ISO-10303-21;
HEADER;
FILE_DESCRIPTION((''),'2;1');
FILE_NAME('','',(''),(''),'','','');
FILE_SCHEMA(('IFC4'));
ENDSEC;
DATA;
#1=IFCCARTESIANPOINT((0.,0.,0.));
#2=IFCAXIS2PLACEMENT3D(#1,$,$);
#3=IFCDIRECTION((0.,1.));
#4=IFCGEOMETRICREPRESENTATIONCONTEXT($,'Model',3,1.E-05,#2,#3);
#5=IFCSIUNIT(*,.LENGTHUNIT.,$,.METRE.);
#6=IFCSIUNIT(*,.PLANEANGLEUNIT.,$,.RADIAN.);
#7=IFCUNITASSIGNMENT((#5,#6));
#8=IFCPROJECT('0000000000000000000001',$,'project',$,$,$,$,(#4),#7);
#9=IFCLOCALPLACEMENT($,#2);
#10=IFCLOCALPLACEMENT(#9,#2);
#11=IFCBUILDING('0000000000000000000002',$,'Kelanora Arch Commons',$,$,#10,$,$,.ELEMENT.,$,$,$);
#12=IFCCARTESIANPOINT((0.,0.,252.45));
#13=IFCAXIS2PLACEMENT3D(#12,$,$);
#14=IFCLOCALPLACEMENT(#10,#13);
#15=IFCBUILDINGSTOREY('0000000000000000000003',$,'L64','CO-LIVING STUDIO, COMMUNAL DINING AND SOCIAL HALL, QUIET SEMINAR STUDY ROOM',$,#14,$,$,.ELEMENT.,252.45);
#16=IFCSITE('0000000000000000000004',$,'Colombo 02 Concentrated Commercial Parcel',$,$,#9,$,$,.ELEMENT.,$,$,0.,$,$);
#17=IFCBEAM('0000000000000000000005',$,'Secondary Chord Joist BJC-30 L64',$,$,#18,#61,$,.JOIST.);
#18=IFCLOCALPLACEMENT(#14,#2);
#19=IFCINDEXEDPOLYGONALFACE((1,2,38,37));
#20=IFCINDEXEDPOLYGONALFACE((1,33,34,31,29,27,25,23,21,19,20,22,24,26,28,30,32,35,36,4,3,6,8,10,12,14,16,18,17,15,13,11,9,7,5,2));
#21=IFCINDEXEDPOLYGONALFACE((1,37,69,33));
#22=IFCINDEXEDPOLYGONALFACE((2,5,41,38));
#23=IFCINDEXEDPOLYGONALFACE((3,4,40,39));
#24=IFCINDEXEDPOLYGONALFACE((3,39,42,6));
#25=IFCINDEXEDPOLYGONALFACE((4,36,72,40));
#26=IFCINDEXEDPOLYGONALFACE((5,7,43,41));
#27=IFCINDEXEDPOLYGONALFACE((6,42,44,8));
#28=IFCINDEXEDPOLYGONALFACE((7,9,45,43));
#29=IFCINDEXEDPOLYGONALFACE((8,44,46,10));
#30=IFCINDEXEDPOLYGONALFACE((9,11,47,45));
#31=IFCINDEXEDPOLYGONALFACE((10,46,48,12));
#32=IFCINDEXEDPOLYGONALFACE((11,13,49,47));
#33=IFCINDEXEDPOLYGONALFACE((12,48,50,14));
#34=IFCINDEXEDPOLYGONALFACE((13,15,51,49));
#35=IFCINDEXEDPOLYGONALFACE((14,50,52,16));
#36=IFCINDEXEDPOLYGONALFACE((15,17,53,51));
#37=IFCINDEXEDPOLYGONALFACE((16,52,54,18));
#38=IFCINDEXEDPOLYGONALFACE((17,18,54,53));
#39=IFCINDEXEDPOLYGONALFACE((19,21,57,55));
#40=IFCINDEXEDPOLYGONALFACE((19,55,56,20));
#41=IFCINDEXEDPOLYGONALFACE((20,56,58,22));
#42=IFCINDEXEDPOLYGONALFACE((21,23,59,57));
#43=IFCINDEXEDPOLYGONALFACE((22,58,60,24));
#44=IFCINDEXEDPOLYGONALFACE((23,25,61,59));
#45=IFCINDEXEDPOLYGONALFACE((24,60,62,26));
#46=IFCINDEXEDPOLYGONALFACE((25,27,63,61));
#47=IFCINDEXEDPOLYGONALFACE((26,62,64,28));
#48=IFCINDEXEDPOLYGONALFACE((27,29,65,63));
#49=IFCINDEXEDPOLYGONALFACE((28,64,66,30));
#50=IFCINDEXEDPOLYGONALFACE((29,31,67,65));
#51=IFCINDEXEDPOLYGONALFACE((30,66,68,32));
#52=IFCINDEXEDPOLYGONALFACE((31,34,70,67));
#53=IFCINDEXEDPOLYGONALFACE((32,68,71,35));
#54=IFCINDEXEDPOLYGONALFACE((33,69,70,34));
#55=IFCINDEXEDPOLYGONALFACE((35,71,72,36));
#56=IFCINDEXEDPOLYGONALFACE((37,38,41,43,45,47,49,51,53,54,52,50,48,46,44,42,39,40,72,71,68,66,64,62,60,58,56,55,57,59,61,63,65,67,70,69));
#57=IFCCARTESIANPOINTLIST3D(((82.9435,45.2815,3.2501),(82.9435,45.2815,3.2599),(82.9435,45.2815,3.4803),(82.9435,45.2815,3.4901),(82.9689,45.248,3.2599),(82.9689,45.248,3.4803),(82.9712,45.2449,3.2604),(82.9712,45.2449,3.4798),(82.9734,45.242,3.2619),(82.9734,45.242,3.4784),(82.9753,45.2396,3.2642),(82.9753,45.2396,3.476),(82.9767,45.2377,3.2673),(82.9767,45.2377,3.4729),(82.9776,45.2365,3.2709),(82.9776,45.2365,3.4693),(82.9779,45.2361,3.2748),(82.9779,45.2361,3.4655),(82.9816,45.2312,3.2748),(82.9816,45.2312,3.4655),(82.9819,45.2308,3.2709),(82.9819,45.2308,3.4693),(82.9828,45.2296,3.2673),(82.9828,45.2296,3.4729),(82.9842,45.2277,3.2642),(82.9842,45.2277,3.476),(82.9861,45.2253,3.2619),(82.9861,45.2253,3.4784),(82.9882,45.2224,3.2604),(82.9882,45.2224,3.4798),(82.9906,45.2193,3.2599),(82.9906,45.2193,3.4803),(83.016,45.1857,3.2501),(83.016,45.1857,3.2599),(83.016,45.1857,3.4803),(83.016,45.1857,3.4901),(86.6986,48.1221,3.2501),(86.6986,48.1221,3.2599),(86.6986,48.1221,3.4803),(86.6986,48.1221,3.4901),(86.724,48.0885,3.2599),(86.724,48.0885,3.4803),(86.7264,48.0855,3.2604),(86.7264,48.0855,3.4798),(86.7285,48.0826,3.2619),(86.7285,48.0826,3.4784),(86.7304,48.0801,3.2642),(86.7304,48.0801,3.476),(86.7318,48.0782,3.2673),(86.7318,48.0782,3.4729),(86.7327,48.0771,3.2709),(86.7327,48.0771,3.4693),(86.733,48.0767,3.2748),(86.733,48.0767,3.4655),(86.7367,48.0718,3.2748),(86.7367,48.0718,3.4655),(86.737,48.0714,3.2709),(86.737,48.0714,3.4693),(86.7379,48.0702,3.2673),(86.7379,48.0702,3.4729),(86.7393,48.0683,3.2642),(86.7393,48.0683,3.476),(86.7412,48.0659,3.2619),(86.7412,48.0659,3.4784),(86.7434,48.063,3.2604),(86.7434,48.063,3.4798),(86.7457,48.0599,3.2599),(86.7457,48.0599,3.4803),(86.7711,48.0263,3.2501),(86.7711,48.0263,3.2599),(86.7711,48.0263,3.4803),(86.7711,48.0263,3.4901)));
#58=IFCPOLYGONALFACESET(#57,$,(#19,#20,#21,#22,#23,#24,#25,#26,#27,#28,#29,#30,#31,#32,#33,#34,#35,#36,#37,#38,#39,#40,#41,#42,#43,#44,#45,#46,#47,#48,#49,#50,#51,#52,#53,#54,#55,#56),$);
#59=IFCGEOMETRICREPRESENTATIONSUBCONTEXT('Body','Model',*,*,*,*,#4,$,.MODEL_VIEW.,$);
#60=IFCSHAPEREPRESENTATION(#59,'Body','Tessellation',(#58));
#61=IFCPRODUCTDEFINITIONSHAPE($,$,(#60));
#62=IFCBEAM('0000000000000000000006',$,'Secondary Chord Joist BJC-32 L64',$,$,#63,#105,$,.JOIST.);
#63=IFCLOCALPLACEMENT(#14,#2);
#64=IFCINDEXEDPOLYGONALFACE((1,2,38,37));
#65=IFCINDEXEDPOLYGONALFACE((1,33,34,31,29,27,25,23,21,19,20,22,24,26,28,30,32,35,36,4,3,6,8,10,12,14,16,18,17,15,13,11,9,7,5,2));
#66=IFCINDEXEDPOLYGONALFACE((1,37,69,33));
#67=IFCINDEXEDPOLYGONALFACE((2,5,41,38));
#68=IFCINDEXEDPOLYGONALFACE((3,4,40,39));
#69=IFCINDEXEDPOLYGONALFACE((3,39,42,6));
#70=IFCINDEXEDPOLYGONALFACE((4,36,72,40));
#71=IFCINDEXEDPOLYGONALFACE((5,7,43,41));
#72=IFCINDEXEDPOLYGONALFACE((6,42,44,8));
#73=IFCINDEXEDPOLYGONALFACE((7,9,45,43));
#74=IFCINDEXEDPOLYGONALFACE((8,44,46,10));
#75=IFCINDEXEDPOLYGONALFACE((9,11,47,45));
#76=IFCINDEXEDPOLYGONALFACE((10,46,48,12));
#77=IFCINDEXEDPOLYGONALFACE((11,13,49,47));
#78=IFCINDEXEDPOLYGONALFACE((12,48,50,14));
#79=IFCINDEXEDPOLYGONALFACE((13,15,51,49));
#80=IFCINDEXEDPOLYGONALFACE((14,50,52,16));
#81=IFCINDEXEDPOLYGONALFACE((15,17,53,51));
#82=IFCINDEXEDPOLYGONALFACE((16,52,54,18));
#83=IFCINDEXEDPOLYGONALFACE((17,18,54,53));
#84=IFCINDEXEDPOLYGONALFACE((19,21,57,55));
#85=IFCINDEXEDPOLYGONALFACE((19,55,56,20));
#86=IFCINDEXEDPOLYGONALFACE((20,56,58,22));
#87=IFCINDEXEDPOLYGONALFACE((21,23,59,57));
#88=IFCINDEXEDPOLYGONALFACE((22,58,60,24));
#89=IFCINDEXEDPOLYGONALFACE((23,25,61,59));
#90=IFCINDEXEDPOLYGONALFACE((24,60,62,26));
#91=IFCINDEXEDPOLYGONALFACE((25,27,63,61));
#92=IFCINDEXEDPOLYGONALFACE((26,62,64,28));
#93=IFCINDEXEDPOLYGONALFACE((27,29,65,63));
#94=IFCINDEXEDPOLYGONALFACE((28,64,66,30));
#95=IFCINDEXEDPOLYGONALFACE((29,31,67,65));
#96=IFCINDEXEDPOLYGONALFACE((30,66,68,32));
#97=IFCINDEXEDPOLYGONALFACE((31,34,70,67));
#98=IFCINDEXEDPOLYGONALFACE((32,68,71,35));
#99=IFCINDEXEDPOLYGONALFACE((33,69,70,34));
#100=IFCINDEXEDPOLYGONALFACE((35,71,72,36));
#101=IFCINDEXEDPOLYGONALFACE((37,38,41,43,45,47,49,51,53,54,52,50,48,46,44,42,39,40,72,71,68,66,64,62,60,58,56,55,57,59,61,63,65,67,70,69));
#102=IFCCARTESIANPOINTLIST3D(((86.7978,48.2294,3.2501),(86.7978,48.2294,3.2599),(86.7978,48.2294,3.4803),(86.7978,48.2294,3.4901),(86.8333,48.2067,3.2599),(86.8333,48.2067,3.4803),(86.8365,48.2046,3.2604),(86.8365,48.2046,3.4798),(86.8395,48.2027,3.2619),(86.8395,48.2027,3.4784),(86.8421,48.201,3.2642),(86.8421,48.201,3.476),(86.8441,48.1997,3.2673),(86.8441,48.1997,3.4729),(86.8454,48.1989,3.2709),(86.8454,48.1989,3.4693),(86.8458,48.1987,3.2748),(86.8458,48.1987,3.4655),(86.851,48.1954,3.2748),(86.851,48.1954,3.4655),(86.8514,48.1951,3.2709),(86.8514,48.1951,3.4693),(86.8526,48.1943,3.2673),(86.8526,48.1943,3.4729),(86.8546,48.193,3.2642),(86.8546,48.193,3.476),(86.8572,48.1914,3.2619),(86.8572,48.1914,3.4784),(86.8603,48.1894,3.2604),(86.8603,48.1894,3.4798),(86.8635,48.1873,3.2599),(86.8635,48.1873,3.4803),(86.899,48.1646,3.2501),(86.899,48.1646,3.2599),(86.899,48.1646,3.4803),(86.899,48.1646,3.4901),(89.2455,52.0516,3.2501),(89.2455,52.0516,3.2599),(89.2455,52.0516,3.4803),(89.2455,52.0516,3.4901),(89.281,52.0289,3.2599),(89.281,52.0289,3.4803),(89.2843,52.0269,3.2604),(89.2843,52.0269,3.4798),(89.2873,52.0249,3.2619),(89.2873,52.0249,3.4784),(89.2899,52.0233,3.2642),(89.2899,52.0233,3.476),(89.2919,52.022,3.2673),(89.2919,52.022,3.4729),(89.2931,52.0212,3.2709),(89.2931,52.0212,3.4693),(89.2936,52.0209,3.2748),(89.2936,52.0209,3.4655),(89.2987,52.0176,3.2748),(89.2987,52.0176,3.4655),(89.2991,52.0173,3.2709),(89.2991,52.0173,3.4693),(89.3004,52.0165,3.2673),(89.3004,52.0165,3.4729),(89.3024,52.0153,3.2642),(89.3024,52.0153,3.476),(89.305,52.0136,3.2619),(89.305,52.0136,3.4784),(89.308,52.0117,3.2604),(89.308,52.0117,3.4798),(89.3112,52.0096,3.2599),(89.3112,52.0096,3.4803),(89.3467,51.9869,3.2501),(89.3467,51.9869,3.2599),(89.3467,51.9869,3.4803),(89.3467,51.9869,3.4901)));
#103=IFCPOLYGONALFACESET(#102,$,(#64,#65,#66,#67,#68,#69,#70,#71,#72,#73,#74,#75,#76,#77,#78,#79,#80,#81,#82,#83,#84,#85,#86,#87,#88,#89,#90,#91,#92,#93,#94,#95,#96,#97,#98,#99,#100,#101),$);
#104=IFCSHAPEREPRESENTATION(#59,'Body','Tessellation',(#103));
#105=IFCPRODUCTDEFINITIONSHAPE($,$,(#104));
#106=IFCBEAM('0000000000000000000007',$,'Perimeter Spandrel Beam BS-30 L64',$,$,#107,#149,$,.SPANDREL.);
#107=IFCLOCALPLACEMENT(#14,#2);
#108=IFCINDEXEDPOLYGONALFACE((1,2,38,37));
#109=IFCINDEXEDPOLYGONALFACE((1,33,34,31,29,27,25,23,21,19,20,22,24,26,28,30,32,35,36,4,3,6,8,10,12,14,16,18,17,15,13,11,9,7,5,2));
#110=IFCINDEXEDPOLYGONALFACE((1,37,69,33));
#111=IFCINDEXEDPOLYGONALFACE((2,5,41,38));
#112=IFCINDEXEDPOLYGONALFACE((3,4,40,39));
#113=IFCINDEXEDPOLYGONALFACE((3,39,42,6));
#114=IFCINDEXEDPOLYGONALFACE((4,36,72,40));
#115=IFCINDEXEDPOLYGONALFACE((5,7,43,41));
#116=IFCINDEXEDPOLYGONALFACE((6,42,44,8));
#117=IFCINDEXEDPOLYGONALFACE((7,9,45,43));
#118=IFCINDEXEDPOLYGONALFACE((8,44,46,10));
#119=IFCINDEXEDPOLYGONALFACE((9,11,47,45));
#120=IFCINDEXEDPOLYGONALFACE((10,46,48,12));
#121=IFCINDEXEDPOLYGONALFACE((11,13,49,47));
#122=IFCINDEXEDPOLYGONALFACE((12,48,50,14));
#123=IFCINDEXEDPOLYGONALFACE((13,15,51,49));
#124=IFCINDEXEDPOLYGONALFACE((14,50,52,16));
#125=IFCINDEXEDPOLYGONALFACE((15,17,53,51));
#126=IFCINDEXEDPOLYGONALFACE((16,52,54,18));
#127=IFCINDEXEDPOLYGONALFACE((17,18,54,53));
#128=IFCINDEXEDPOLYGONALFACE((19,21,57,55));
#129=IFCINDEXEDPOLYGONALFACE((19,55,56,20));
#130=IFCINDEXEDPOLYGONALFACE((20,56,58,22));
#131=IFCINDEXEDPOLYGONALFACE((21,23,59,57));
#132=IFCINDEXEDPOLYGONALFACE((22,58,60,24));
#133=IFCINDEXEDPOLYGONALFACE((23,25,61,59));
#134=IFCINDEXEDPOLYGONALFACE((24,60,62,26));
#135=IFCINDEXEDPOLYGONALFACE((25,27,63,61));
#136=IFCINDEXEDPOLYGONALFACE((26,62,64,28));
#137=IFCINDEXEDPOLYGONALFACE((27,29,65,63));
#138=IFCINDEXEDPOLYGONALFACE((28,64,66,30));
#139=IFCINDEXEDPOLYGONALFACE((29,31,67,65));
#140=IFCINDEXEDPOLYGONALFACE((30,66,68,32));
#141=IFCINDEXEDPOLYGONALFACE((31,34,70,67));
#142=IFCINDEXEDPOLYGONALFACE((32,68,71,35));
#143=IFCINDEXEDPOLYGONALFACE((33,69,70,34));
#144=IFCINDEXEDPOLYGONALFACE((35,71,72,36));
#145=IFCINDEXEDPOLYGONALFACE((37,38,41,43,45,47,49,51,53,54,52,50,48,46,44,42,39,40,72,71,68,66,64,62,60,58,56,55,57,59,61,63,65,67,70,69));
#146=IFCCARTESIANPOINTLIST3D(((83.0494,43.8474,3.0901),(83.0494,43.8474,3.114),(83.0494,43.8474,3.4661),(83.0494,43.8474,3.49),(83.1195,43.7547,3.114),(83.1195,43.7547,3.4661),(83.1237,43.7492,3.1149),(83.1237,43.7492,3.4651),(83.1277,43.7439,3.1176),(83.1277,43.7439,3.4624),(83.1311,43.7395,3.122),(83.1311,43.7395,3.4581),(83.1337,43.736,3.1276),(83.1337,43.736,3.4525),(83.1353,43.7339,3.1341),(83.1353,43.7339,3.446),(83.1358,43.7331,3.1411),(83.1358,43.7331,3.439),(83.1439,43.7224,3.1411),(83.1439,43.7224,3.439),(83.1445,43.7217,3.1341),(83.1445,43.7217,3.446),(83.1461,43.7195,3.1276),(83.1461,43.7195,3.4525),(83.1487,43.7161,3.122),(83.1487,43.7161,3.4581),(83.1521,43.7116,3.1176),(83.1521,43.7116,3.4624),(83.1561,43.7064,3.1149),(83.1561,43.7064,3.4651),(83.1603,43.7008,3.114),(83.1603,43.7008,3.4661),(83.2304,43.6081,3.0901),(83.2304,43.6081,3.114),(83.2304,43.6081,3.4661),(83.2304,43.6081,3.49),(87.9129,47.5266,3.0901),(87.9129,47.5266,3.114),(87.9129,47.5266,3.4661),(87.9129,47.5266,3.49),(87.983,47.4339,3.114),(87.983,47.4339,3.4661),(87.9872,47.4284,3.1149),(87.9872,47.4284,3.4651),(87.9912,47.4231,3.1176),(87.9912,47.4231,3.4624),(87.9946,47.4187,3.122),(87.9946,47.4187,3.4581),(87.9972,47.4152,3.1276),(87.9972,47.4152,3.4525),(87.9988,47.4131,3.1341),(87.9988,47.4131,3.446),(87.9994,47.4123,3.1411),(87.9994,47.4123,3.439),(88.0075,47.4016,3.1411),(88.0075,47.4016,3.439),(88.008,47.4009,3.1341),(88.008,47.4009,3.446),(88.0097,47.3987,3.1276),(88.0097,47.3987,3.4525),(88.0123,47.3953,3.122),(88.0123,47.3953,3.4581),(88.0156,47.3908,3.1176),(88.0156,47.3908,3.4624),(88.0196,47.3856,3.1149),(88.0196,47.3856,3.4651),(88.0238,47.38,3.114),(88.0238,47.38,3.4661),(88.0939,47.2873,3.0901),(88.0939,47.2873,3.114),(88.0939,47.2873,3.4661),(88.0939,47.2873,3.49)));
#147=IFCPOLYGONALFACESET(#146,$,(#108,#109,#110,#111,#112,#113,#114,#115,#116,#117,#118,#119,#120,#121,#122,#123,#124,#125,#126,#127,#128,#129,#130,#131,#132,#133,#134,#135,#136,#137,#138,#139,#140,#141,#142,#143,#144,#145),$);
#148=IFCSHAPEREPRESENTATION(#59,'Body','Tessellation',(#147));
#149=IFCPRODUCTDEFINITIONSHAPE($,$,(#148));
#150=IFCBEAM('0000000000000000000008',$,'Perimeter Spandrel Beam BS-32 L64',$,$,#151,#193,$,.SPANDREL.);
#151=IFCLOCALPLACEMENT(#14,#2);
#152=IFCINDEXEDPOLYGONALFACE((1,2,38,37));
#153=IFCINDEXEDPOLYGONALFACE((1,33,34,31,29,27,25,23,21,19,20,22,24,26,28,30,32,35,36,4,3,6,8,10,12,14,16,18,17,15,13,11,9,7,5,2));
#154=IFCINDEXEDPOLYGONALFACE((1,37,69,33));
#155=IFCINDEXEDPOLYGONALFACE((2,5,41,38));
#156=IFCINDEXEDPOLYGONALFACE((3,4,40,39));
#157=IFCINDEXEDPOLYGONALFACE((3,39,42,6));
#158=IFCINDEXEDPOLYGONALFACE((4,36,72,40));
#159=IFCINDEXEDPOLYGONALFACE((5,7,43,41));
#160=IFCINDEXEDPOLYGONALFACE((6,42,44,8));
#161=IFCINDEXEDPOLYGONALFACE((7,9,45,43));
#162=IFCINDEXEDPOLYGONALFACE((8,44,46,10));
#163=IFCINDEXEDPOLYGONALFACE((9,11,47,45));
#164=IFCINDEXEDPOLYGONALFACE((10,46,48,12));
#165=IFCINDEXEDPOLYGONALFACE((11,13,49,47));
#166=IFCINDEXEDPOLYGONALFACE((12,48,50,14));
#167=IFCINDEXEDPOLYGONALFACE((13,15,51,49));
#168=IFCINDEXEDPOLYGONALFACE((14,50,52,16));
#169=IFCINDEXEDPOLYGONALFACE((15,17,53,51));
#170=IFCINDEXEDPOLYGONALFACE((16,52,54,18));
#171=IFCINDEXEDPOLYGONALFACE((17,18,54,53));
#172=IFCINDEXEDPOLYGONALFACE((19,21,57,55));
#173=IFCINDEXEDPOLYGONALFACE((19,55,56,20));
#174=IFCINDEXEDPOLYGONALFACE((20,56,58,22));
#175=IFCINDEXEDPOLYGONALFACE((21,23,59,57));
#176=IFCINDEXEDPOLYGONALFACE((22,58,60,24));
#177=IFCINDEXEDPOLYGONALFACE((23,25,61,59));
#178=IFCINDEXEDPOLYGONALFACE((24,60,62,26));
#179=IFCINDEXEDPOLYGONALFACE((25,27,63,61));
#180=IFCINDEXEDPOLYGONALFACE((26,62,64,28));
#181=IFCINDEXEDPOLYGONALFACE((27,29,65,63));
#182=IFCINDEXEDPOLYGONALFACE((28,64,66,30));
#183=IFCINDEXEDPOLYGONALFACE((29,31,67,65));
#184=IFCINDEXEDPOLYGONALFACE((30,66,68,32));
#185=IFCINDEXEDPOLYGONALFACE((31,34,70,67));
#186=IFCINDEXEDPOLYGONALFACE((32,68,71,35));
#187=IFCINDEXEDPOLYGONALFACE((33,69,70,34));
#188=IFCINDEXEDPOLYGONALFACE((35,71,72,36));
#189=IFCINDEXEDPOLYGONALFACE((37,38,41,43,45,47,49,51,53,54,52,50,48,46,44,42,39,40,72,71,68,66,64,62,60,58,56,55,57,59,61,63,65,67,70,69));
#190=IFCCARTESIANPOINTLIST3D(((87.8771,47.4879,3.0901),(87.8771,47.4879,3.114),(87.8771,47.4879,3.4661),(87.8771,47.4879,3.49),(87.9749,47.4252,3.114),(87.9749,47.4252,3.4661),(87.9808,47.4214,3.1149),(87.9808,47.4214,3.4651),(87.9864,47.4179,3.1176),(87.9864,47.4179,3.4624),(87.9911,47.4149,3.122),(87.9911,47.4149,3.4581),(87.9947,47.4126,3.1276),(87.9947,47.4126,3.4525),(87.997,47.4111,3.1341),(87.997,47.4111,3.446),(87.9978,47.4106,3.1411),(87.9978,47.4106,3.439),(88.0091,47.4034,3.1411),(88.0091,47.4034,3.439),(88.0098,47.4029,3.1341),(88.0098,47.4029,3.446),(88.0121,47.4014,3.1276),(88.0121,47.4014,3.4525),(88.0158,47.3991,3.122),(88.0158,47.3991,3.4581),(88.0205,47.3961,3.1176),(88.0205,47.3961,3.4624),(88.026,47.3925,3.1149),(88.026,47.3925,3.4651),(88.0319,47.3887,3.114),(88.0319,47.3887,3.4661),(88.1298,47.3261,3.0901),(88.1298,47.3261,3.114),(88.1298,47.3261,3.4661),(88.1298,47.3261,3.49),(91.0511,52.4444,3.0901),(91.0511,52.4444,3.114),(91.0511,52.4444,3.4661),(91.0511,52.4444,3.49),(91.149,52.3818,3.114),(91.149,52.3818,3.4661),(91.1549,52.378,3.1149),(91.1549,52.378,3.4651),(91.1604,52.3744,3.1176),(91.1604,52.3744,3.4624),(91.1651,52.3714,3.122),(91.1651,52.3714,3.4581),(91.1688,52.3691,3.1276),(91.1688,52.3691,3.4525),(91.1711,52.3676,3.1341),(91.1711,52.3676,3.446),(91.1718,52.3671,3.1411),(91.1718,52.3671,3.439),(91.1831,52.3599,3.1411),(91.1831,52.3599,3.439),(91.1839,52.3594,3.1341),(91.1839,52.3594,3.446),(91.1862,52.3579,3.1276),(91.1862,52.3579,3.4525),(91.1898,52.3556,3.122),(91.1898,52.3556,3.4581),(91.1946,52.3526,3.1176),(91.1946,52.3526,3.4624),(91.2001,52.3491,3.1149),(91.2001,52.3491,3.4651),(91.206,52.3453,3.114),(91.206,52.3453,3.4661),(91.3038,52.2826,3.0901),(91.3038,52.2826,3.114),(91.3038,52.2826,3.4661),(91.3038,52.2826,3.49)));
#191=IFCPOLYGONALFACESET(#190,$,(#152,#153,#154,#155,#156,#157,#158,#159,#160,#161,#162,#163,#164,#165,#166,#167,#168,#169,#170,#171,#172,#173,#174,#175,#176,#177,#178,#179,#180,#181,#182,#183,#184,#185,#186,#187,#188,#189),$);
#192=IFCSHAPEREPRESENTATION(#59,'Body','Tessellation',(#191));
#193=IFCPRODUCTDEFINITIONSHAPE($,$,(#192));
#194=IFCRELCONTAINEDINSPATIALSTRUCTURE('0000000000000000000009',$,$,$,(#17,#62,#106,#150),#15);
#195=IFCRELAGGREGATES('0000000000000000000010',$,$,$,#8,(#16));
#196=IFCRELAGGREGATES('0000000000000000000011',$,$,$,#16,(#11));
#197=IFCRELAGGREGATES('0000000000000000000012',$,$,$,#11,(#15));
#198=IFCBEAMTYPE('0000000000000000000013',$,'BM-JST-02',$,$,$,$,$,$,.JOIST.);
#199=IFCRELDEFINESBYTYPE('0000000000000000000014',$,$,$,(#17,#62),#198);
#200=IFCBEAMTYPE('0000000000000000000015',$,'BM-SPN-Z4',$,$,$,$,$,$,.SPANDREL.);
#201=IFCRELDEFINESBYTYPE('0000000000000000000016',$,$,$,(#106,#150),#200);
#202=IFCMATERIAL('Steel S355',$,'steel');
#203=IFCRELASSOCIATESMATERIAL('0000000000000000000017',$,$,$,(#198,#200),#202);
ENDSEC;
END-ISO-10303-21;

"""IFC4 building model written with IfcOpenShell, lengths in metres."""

from ifc_helpers import new_model, si_unit, direction, frame, origin, origin_2d, place, context, subcontext, project, spatial, i_section, extrude, material, material_profile, profile_set, type_object, element, save


model = new_model("IFC4")

# Units and contexts
model_context = context("Model", 3, precision=1e-05, world=origin(), true_north=direction((0.0, 1.0)))
body_context = subcontext(model_context, "Body", "Model", "MODEL_VIEW")
ifc_project = project(units=[si_unit("LENGTHUNIT", "METRE"), si_unit("PLANEANGLEUNIT", "RADIAN")], contexts=[model_context])

# Site, building, storey
site_placement = place(None, origin())
site = spatial("IfcSite", under=ifc_project, at=site_placement, Name="Colombo 02 Concentrated Commercial Parcel", CompositionType="ELEMENT", RefElevation=0.0)
building_placement = place(site_placement, origin())
building = spatial("IfcBuilding", under=site, at=building_placement, Name="Kelanora Arch Commons", CompositionType="ELEMENT")
storey_placement = place(building_placement, frame((0.0, 0.0, 252.45)))
storey = spatial("IfcBuildingStorey", under=building, at=storey_placement, Name="L64", Description="CO-LIVING STUDIO, COMMUNAL DINING AND SOCIAL HALL, QUIET SEMINAR STUDY ROOM", CompositionType="ELEMENT", Elevation=252.45)

# Beams
ifc_material_1 = material(Name="Steel S355", Category="steel")
ifc_material_profile_1 = material_profile(ifc_material_1, i_section(OverallWidth=0.1201, OverallDepth=0.24, WebThickness=0.0061, FlangeThickness=0.0098, FilletRadius=0.0149, at=origin_2d()), Name="IPE240")
ifc_profile_set_1 = profile_set([ifc_material_profile_1], Name="Steel S355")
beam_type_1 = type_object("IfcBeamType", Name="BM-JST-02", PredefinedType="JOIST", material=ifc_profile_set_1)
beam_1_placement = place(storey_placement, frame((82.9797, 45.2336, 3.3701), z_axis=(0.797523, 0.603289, 0.0), x_axis=(-0.603289, 0.797523, 0.0)))
element("IfcBeam", 1, at=beam_1_placement, inside=storey, type_object=beam_type_1, Name="Secondary Chord Joist BJC-30 L64", PredefinedType="JOIST", context=body_context, shape_type="SweptSolid", body=[
    extrude(i_section(OverallWidth=0.1201, OverallDepth=0.24, WebThickness=0.0061, FlangeThickness=0.0098, FilletRadius=0.0149, at=origin_2d()), origin(), (0.0, 0.0, 1.0), 4.7085),
])
beam_2_placement = place(storey_placement, frame((86.8484, 48.197, 3.3701), z_axis=(0.539289, 0.842121, 0.0), x_axis=(-0.842121, 0.539289, 0.0)))
element("IfcBeam", 2, at=beam_2_placement, inside=storey, type_object=beam_type_1, Name="Secondary Chord Joist BJC-32 L64", PredefinedType="JOIST", context=body_context, shape_type="SweptSolid", body=[
    extrude(i_section(OverallWidth=0.1201, OverallDepth=0.24, WebThickness=0.0061, FlangeThickness=0.0098, FilletRadius=0.0149, at=origin_2d()), origin(), (0.0, 0.0, 1.0), 4.5388),
])
ifc_material_profile_2 = material_profile(ifc_material_1, i_section(OverallWidth=0.3, OverallDepth=0.3999, WebThickness=0.0134, FlangeThickness=0.0239, FilletRadius=0.0271, at=origin_2d()), Name="HEB400")
ifc_profile_set_2 = profile_set([ifc_material_profile_2], Name="Steel S355")
beam_type_2 = type_object("IfcBeamType", Name="BM-SPN-Z4", PredefinedType="SPANDREL", material=ifc_profile_set_2)
beam_3_placement = place(storey_placement, frame((83.1399, 43.7278, 3.29), z_axis=(0.797509, 0.603306, 0.0), x_axis=(-0.603306, 0.797509, 0.0)))
element("IfcBeam", 3, at=beam_3_placement, inside=storey, type_object=beam_type_2, Name="Perimeter Spandrel Beam BS-30 L64", PredefinedType="SPANDREL", context=body_context, shape_type="SweptSolid", body=[
    extrude(i_section(OverallWidth=0.3, OverallDepth=0.3999, WebThickness=0.0134, FlangeThickness=0.0239, FilletRadius=0.0271, at=origin_2d()), origin(), (0.0, 0.0, 1.0), 6.0984),
])
beam_4_placement = place(storey_placement, frame((88.0034, 47.407, 3.29), z_axis=(0.539281, 0.842126, 0.0), x_axis=(-0.842126, 0.539281, 0.0)))
element("IfcBeam", 4, at=beam_4_placement, inside=storey, type_object=beam_type_2, Name="Perimeter Spandrel Beam BS-32 L64", PredefinedType="SPANDREL", context=body_context, shape_type="SweptSolid", body=[
    extrude(i_section(OverallWidth=0.3, OverallDepth=0.3999, WebThickness=0.0134, FlangeThickness=0.0239, FilletRadius=0.0271, at=origin_2d()), origin(), (0.0, 0.0, 1.0), 5.8857),
])

save(model, "model.ifc")
